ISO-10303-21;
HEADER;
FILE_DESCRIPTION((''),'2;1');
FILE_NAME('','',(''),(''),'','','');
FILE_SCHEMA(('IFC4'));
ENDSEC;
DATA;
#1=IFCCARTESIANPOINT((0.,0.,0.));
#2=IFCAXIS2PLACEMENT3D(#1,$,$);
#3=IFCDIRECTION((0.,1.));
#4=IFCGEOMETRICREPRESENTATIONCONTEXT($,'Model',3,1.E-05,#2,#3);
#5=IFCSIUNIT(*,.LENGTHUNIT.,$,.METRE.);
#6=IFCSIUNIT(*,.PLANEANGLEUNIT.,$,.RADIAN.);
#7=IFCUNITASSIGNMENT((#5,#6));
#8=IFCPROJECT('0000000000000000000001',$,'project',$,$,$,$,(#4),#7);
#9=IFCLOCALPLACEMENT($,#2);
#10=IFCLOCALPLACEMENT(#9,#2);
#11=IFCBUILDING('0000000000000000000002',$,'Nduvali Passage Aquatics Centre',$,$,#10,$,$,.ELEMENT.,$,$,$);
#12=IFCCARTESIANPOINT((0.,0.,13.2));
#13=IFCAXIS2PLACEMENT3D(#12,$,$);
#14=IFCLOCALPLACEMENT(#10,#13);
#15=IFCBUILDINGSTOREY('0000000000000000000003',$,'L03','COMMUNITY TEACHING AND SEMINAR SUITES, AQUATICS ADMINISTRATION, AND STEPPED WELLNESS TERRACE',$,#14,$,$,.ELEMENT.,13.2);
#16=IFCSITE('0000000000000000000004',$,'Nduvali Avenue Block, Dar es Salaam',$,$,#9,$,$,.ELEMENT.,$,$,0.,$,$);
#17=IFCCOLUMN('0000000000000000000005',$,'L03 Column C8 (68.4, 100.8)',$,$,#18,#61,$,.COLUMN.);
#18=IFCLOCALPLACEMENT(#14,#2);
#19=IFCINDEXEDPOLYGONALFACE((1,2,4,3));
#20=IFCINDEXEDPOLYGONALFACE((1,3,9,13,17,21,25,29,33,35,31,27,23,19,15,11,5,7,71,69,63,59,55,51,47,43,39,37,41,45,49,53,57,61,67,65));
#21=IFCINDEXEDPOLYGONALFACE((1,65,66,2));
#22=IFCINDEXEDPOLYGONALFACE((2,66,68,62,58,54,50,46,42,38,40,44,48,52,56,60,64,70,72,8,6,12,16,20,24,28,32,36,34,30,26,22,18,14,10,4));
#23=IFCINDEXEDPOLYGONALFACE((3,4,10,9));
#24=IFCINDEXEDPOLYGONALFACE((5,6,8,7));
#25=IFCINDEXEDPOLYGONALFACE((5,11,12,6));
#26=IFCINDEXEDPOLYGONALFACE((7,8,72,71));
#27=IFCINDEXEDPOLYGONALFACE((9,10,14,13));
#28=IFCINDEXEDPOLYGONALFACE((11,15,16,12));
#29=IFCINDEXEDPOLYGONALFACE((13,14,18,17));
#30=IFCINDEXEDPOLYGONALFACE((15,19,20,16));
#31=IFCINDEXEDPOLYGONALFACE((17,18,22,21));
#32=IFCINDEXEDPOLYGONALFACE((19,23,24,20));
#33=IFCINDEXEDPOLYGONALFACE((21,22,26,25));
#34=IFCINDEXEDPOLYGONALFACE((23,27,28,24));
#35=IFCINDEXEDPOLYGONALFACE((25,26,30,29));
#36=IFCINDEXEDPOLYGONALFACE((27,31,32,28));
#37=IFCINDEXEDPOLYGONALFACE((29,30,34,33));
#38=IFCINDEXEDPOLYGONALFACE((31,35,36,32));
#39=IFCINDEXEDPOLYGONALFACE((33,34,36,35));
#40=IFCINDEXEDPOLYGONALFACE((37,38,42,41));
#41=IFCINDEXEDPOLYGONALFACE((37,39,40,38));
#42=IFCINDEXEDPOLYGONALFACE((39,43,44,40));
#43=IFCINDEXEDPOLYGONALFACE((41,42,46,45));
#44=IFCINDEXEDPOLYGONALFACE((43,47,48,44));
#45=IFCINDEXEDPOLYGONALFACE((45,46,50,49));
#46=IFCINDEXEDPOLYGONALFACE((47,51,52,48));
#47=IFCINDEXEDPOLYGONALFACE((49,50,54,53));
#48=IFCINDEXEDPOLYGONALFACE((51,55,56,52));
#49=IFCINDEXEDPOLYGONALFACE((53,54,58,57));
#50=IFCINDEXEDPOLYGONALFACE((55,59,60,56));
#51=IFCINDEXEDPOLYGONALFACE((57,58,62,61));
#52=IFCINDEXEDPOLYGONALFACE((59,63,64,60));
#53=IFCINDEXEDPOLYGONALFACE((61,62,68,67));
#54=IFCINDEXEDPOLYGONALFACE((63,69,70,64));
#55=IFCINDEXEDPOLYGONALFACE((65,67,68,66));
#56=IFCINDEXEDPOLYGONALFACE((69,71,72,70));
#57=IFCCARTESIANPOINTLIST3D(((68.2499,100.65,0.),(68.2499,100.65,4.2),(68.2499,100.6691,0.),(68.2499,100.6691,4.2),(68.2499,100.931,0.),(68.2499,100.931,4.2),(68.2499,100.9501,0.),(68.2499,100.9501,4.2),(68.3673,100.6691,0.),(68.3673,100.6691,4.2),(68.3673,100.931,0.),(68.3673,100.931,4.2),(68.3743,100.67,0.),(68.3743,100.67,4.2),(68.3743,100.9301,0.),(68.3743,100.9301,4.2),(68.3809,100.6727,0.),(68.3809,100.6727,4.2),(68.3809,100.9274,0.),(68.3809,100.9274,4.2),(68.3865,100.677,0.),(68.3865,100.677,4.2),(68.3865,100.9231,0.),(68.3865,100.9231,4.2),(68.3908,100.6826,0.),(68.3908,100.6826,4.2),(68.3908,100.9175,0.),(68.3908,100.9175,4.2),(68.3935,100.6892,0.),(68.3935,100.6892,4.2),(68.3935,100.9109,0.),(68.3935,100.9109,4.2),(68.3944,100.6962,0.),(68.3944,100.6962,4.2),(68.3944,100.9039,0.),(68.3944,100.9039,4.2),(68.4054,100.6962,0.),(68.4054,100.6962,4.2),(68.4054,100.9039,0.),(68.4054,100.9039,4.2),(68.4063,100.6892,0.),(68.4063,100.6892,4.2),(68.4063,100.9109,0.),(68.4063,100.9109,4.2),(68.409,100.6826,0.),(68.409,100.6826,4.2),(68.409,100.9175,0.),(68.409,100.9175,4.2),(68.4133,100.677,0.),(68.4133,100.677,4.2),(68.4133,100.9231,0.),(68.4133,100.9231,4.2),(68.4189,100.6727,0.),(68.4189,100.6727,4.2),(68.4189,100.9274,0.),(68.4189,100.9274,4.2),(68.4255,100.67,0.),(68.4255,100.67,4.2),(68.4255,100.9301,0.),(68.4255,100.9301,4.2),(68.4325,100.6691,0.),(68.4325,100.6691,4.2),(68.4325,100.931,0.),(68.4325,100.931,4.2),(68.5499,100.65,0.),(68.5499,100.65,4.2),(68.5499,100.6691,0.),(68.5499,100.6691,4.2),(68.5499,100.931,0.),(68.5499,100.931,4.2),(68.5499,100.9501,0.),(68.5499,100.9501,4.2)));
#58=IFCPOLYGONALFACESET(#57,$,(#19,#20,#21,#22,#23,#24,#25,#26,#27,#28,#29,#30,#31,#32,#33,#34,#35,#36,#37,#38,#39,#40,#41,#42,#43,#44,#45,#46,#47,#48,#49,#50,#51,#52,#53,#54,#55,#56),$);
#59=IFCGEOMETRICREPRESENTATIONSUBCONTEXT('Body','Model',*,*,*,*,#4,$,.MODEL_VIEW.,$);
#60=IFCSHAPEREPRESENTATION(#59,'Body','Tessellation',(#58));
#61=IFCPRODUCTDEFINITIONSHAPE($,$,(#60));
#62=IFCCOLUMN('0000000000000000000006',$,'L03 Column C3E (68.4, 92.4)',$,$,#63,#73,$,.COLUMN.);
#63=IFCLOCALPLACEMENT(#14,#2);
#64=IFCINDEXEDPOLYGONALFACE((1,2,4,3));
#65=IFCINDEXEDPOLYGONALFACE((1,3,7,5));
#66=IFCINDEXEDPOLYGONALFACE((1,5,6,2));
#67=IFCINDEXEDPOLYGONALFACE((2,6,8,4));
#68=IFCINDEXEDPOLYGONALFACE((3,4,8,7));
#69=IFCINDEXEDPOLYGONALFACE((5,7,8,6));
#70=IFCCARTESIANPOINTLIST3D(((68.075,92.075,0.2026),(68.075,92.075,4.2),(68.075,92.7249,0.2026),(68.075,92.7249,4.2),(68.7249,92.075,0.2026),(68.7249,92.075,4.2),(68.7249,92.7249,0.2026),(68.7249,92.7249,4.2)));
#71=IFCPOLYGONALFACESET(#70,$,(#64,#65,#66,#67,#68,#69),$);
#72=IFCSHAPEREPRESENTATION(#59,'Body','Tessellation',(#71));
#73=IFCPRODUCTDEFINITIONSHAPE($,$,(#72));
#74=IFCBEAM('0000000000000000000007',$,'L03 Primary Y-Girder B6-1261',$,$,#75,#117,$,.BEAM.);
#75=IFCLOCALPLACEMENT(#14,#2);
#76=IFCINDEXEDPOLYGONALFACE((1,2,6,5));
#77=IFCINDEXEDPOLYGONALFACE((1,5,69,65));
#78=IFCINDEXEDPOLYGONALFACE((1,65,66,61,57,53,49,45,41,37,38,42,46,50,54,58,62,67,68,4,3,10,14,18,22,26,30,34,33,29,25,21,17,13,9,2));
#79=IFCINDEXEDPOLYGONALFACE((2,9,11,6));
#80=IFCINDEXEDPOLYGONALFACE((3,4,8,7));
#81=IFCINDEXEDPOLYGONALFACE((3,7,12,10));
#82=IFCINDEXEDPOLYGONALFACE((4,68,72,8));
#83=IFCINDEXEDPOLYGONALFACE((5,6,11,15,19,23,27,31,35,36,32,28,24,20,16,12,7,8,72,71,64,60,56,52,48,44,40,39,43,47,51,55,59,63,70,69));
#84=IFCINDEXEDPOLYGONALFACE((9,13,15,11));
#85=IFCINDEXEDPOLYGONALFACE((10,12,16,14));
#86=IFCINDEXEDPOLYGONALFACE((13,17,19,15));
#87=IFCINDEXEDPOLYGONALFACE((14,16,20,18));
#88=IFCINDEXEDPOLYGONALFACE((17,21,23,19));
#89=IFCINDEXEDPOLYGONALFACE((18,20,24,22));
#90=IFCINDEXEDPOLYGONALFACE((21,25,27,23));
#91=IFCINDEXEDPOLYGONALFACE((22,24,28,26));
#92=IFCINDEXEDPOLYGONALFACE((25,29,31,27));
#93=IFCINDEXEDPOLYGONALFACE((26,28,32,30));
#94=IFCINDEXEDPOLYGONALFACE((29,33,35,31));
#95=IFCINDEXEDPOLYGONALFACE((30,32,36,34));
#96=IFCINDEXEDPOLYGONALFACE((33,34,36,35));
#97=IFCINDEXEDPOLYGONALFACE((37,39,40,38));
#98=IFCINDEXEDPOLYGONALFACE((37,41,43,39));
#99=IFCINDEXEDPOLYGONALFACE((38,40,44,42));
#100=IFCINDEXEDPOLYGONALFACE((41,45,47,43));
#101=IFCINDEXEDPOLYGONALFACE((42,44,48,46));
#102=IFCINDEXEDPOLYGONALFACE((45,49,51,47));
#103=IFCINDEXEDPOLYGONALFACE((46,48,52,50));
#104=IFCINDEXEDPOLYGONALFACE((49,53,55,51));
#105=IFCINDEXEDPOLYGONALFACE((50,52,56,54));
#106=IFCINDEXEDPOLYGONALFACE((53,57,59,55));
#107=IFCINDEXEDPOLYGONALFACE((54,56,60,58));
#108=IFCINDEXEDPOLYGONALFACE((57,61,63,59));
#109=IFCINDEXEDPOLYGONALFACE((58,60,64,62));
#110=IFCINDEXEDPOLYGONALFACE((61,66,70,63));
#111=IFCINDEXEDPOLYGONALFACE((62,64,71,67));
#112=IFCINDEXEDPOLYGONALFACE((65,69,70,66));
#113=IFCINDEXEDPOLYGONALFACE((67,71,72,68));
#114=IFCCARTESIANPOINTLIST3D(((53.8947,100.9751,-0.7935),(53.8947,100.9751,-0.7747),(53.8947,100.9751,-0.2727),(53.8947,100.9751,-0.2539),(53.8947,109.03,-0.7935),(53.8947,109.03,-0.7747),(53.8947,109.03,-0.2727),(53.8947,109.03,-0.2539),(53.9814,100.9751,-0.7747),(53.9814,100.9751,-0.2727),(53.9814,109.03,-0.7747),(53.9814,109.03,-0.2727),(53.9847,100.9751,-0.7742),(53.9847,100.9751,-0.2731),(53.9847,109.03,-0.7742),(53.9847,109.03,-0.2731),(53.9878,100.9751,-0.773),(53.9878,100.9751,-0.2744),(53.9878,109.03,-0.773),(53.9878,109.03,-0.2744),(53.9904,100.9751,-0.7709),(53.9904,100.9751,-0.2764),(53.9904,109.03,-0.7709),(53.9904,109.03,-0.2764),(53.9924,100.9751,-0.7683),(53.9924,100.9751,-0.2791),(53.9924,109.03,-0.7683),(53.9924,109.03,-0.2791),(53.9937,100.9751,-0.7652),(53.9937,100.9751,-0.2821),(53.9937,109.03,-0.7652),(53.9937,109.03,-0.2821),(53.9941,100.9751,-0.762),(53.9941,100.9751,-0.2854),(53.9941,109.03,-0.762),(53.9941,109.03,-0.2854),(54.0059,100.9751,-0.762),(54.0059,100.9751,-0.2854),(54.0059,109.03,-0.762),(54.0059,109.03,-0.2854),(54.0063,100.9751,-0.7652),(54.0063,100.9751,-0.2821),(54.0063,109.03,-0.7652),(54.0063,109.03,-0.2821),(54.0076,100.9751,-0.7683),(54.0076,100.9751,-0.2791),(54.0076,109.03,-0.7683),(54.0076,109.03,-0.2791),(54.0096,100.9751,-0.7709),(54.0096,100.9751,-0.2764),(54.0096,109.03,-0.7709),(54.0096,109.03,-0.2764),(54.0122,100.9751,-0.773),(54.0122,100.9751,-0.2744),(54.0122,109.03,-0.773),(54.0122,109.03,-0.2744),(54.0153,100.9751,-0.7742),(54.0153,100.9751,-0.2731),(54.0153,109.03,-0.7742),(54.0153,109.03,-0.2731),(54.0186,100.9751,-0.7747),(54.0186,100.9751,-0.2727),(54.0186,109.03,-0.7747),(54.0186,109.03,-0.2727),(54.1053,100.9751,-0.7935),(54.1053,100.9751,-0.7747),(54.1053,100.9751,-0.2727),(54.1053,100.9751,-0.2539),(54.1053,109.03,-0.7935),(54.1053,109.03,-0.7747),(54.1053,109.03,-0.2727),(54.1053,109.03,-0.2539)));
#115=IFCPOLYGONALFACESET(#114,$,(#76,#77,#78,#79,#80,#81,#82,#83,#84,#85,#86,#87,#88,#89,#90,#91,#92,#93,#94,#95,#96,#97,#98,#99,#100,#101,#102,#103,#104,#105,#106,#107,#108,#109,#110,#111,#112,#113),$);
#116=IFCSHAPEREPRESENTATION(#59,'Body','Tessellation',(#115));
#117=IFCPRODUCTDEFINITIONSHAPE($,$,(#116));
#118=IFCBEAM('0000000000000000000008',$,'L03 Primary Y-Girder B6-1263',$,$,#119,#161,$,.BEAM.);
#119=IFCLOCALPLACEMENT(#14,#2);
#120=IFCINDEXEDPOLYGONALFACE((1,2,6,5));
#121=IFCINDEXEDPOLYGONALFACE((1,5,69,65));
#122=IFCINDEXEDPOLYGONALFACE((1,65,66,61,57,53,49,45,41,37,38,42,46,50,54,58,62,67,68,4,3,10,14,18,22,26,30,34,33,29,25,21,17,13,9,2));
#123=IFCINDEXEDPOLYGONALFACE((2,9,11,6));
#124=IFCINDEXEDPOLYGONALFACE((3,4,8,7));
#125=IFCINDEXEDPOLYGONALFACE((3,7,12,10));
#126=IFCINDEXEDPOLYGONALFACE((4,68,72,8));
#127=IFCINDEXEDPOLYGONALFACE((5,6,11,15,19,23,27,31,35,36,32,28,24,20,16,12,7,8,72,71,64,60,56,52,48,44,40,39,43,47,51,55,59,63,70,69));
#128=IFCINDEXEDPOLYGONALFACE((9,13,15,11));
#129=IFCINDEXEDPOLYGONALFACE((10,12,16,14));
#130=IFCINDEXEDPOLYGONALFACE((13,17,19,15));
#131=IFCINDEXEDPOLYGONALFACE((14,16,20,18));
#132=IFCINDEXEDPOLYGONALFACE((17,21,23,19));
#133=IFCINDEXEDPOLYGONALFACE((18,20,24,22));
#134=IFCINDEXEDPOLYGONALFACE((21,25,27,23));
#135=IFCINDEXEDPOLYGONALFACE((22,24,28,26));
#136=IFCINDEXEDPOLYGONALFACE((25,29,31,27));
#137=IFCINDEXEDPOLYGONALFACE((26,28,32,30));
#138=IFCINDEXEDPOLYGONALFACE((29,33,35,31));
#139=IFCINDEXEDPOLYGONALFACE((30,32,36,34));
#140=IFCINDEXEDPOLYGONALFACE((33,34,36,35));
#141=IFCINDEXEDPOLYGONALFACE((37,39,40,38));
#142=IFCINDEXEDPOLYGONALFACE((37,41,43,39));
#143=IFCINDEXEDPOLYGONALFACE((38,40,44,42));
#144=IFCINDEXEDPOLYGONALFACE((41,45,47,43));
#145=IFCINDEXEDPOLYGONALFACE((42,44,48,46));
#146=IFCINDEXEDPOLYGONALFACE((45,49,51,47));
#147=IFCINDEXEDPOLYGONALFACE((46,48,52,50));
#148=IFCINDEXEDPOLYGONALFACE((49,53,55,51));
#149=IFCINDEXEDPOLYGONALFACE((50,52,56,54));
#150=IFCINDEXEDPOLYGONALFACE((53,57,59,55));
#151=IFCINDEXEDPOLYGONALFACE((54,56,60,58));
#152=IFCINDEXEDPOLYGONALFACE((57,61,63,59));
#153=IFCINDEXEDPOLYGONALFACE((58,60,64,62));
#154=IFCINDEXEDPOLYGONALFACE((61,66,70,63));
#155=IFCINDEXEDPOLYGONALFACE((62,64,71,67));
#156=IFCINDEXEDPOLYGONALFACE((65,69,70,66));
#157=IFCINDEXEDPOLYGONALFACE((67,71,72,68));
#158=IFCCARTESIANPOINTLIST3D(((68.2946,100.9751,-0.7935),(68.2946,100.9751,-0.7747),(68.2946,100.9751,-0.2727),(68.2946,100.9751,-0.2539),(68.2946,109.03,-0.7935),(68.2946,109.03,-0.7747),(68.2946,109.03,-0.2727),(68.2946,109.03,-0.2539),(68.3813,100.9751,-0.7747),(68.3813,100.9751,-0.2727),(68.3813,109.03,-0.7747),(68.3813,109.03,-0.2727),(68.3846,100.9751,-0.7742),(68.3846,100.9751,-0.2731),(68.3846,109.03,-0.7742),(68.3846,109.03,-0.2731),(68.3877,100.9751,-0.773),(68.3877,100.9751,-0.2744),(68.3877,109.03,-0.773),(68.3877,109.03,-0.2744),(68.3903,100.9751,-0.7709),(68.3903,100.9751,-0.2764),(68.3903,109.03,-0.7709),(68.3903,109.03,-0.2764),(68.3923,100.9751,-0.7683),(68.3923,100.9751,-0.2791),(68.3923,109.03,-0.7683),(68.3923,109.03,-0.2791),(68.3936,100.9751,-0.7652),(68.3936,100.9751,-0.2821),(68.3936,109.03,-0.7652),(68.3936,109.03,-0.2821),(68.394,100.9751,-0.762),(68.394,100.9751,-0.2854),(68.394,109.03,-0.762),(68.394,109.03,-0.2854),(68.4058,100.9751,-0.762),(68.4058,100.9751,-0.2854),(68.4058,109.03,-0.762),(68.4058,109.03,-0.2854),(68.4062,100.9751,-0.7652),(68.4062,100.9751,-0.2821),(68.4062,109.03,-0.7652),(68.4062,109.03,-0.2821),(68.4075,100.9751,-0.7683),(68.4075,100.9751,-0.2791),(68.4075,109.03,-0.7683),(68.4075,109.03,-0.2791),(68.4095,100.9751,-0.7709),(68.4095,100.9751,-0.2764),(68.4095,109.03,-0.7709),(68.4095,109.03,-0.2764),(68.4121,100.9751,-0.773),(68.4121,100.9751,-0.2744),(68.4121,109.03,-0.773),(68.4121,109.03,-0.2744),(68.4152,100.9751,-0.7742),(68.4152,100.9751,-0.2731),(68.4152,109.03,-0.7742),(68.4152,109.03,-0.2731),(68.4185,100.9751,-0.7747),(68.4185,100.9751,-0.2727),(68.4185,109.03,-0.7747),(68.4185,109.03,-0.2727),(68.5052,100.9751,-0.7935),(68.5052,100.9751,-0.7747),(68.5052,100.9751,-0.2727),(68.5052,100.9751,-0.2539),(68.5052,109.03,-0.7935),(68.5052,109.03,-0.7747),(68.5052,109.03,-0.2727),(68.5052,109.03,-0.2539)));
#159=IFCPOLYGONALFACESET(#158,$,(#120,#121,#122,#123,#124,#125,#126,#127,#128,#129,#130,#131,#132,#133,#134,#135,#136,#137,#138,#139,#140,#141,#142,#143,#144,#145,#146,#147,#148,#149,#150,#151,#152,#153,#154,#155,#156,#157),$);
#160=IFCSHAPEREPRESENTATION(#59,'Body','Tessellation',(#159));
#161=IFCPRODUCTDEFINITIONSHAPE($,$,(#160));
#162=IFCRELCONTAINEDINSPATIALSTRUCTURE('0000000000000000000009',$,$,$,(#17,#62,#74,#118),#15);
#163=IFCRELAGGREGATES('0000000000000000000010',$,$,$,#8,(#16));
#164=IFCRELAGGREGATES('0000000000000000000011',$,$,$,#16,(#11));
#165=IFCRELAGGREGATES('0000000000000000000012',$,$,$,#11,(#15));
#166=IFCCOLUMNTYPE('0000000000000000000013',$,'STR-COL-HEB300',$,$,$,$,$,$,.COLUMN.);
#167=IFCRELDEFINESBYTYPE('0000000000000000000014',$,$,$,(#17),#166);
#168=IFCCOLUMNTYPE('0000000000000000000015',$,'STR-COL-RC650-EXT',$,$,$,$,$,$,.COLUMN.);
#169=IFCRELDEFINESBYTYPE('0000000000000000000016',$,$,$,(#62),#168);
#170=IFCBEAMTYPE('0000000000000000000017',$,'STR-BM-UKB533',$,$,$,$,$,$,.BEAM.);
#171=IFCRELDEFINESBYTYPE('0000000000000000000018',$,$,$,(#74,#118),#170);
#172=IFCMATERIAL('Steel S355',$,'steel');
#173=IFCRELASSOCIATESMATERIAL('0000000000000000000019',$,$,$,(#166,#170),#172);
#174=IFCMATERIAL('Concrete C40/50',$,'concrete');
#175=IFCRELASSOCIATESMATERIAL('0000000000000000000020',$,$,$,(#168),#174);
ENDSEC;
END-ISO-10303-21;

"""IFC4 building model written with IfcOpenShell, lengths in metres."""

from ifc_helpers import new_model, si_unit, direction, frame, origin, origin_2d, place, context, subcontext, project, spatial, rectangle, i_section, extrude, material, material_profile, profile_set, type_object, element, save


model = new_model("IFC4")

# Units and contexts
model_context = context("Model", 3, precision=1e-05, world=origin(), true_north=direction((0.0, 1.0)))
body_context = subcontext(model_context, "Body", "Model", "MODEL_VIEW")
ifc_project = project(units=[si_unit("LENGTHUNIT", "METRE"), si_unit("PLANEANGLEUNIT", "RADIAN")], contexts=[model_context])

# Site, building, storey
site_placement = place(None, origin())
site = spatial("IfcSite", under=ifc_project, at=site_placement, Name="Nduvali Avenue Block, Dar es Salaam", CompositionType="ELEMENT", RefElevation=0.0)
building_placement = place(site_placement, origin())
building = spatial("IfcBuilding", under=site, at=building_placement, Name="Nduvali Passage Aquatics Centre", CompositionType="ELEMENT")
storey_placement = place(building_placement, frame((0.0, 0.0, 13.2)))
storey = spatial("IfcBuildingStorey", under=building, at=storey_placement, Name="L03", Description="COMMUNITY TEACHING AND SEMINAR SUITES, AQUATICS ADMINISTRATION, AND STEPPED WELLNESS TERRACE", CompositionType="ELEMENT", Elevation=13.2)

# Columns
ifc_material_1 = material(Name="Steel S355", Category="steel")
ifc_material_profile_1 = material_profile(ifc_material_1, i_section(OverallWidth=0.3, OverallDepth=0.3, WebThickness=0.011, FlangeThickness=0.019, FilletRadius=0.0271, at=origin_2d()), Name="HEB 300")
ifc_profile_set_1 = profile_set([ifc_material_profile_1], Name="Steel S355")
column_type_1 = type_object("IfcColumnType", Name="STR-COL-HEB300", PredefinedType="COLUMN", material=ifc_profile_set_1)
column_1_placement = place(storey_placement, frame((68.3999, 100.8, 0.0), z_axis=(0.0, 0.0, 1.0), x_axis=(1.0, 0.0, 0.0)))
element("IfcColumn", 1, at=column_1_placement, inside=storey, type_object=column_type_1, Name="L03 Column C8 (68.4, 100.8)", PredefinedType="COLUMN", context=body_context, shape_type="SweptSolid", body=[
    extrude(i_section(OverallWidth=0.3, OverallDepth=0.3, WebThickness=0.011, FlangeThickness=0.019, FilletRadius=0.0271, at=origin_2d()), origin(), (0.0, 0.0, 1.0), 4.2),
])
ifc_material_2 = material(Name="Concrete C40/50", Category="concrete")
ifc_material_profile_2 = material_profile(ifc_material_2, rectangle(XDim=0.6499, YDim=0.6499, at=origin_2d()), Name="RC 650x650")
ifc_profile_set_2 = profile_set([ifc_material_profile_2], Name="Concrete C40/50")
column_type_2 = type_object("IfcColumnType", Name="STR-COL-RC650-EXT", PredefinedType="COLUMN", material=ifc_profile_set_2)
column_2_placement = place(storey_placement, frame((68.3999, 92.3999, 0.2026), z_axis=(0.0, 0.0, 1.0), x_axis=(1.0, 0.0, 0.0)))
element("IfcColumn", 2, at=column_2_placement, inside=storey, type_object=column_type_2, Name="L03 Column C3E (68.4, 92.4)", PredefinedType="COLUMN", context=body_context, shape_type="SweptSolid", body=[
    extrude(rectangle(XDim=0.6499, YDim=0.6499, at=origin_2d()), origin(), (0.0, 0.0, 1.0), 3.9973),
])

# Beams
ifc_material_profile_3 = material_profile(ifc_material_1, i_section(OverallWidth=0.2107, OverallDepth=0.5396, WebThickness=0.0117, FlangeThickness=0.0188, FilletRadius=0.0127, at=origin_2d()), Name="UKB 533x210x109")
ifc_profile_set_3 = profile_set([ifc_material_profile_3], Name="Steel S355")
beam_type_1 = type_object("IfcBeamType", Name="STR-BM-UKB533", PredefinedType="BEAM", material=ifc_profile_set_3)
for number, where, z_axis, x_axis, name in (
    (3, (54.0, 100.9751, -0.5237), (0.0, 1.0, 0.0), (-1.0, 0.0, 0.0), "L03 Primary Y-Girder B6-1261"),
    (4, (68.3999, 100.9751, -0.5237), (0.0, 1.0, 0.0), (-1.0, 0.0, 0.0), "L03 Primary Y-Girder B6-1263"),
):
    element("IfcBeam", number, at=place(storey_placement, frame(where, z_axis=z_axis, x_axis=x_axis)), inside=storey, type_object=beam_type_1, Name=name, PredefinedType="BEAM", context=body_context, shape_type="SweptSolid", body=[
        extrude(i_section(OverallWidth=0.2107, OverallDepth=0.5396, WebThickness=0.0117, FlangeThickness=0.0188, FilletRadius=0.0127, at=origin_2d()), origin(), (0.0, 0.0, 1.0), 8.0549),
    ])

save(model, "model.ifc")
